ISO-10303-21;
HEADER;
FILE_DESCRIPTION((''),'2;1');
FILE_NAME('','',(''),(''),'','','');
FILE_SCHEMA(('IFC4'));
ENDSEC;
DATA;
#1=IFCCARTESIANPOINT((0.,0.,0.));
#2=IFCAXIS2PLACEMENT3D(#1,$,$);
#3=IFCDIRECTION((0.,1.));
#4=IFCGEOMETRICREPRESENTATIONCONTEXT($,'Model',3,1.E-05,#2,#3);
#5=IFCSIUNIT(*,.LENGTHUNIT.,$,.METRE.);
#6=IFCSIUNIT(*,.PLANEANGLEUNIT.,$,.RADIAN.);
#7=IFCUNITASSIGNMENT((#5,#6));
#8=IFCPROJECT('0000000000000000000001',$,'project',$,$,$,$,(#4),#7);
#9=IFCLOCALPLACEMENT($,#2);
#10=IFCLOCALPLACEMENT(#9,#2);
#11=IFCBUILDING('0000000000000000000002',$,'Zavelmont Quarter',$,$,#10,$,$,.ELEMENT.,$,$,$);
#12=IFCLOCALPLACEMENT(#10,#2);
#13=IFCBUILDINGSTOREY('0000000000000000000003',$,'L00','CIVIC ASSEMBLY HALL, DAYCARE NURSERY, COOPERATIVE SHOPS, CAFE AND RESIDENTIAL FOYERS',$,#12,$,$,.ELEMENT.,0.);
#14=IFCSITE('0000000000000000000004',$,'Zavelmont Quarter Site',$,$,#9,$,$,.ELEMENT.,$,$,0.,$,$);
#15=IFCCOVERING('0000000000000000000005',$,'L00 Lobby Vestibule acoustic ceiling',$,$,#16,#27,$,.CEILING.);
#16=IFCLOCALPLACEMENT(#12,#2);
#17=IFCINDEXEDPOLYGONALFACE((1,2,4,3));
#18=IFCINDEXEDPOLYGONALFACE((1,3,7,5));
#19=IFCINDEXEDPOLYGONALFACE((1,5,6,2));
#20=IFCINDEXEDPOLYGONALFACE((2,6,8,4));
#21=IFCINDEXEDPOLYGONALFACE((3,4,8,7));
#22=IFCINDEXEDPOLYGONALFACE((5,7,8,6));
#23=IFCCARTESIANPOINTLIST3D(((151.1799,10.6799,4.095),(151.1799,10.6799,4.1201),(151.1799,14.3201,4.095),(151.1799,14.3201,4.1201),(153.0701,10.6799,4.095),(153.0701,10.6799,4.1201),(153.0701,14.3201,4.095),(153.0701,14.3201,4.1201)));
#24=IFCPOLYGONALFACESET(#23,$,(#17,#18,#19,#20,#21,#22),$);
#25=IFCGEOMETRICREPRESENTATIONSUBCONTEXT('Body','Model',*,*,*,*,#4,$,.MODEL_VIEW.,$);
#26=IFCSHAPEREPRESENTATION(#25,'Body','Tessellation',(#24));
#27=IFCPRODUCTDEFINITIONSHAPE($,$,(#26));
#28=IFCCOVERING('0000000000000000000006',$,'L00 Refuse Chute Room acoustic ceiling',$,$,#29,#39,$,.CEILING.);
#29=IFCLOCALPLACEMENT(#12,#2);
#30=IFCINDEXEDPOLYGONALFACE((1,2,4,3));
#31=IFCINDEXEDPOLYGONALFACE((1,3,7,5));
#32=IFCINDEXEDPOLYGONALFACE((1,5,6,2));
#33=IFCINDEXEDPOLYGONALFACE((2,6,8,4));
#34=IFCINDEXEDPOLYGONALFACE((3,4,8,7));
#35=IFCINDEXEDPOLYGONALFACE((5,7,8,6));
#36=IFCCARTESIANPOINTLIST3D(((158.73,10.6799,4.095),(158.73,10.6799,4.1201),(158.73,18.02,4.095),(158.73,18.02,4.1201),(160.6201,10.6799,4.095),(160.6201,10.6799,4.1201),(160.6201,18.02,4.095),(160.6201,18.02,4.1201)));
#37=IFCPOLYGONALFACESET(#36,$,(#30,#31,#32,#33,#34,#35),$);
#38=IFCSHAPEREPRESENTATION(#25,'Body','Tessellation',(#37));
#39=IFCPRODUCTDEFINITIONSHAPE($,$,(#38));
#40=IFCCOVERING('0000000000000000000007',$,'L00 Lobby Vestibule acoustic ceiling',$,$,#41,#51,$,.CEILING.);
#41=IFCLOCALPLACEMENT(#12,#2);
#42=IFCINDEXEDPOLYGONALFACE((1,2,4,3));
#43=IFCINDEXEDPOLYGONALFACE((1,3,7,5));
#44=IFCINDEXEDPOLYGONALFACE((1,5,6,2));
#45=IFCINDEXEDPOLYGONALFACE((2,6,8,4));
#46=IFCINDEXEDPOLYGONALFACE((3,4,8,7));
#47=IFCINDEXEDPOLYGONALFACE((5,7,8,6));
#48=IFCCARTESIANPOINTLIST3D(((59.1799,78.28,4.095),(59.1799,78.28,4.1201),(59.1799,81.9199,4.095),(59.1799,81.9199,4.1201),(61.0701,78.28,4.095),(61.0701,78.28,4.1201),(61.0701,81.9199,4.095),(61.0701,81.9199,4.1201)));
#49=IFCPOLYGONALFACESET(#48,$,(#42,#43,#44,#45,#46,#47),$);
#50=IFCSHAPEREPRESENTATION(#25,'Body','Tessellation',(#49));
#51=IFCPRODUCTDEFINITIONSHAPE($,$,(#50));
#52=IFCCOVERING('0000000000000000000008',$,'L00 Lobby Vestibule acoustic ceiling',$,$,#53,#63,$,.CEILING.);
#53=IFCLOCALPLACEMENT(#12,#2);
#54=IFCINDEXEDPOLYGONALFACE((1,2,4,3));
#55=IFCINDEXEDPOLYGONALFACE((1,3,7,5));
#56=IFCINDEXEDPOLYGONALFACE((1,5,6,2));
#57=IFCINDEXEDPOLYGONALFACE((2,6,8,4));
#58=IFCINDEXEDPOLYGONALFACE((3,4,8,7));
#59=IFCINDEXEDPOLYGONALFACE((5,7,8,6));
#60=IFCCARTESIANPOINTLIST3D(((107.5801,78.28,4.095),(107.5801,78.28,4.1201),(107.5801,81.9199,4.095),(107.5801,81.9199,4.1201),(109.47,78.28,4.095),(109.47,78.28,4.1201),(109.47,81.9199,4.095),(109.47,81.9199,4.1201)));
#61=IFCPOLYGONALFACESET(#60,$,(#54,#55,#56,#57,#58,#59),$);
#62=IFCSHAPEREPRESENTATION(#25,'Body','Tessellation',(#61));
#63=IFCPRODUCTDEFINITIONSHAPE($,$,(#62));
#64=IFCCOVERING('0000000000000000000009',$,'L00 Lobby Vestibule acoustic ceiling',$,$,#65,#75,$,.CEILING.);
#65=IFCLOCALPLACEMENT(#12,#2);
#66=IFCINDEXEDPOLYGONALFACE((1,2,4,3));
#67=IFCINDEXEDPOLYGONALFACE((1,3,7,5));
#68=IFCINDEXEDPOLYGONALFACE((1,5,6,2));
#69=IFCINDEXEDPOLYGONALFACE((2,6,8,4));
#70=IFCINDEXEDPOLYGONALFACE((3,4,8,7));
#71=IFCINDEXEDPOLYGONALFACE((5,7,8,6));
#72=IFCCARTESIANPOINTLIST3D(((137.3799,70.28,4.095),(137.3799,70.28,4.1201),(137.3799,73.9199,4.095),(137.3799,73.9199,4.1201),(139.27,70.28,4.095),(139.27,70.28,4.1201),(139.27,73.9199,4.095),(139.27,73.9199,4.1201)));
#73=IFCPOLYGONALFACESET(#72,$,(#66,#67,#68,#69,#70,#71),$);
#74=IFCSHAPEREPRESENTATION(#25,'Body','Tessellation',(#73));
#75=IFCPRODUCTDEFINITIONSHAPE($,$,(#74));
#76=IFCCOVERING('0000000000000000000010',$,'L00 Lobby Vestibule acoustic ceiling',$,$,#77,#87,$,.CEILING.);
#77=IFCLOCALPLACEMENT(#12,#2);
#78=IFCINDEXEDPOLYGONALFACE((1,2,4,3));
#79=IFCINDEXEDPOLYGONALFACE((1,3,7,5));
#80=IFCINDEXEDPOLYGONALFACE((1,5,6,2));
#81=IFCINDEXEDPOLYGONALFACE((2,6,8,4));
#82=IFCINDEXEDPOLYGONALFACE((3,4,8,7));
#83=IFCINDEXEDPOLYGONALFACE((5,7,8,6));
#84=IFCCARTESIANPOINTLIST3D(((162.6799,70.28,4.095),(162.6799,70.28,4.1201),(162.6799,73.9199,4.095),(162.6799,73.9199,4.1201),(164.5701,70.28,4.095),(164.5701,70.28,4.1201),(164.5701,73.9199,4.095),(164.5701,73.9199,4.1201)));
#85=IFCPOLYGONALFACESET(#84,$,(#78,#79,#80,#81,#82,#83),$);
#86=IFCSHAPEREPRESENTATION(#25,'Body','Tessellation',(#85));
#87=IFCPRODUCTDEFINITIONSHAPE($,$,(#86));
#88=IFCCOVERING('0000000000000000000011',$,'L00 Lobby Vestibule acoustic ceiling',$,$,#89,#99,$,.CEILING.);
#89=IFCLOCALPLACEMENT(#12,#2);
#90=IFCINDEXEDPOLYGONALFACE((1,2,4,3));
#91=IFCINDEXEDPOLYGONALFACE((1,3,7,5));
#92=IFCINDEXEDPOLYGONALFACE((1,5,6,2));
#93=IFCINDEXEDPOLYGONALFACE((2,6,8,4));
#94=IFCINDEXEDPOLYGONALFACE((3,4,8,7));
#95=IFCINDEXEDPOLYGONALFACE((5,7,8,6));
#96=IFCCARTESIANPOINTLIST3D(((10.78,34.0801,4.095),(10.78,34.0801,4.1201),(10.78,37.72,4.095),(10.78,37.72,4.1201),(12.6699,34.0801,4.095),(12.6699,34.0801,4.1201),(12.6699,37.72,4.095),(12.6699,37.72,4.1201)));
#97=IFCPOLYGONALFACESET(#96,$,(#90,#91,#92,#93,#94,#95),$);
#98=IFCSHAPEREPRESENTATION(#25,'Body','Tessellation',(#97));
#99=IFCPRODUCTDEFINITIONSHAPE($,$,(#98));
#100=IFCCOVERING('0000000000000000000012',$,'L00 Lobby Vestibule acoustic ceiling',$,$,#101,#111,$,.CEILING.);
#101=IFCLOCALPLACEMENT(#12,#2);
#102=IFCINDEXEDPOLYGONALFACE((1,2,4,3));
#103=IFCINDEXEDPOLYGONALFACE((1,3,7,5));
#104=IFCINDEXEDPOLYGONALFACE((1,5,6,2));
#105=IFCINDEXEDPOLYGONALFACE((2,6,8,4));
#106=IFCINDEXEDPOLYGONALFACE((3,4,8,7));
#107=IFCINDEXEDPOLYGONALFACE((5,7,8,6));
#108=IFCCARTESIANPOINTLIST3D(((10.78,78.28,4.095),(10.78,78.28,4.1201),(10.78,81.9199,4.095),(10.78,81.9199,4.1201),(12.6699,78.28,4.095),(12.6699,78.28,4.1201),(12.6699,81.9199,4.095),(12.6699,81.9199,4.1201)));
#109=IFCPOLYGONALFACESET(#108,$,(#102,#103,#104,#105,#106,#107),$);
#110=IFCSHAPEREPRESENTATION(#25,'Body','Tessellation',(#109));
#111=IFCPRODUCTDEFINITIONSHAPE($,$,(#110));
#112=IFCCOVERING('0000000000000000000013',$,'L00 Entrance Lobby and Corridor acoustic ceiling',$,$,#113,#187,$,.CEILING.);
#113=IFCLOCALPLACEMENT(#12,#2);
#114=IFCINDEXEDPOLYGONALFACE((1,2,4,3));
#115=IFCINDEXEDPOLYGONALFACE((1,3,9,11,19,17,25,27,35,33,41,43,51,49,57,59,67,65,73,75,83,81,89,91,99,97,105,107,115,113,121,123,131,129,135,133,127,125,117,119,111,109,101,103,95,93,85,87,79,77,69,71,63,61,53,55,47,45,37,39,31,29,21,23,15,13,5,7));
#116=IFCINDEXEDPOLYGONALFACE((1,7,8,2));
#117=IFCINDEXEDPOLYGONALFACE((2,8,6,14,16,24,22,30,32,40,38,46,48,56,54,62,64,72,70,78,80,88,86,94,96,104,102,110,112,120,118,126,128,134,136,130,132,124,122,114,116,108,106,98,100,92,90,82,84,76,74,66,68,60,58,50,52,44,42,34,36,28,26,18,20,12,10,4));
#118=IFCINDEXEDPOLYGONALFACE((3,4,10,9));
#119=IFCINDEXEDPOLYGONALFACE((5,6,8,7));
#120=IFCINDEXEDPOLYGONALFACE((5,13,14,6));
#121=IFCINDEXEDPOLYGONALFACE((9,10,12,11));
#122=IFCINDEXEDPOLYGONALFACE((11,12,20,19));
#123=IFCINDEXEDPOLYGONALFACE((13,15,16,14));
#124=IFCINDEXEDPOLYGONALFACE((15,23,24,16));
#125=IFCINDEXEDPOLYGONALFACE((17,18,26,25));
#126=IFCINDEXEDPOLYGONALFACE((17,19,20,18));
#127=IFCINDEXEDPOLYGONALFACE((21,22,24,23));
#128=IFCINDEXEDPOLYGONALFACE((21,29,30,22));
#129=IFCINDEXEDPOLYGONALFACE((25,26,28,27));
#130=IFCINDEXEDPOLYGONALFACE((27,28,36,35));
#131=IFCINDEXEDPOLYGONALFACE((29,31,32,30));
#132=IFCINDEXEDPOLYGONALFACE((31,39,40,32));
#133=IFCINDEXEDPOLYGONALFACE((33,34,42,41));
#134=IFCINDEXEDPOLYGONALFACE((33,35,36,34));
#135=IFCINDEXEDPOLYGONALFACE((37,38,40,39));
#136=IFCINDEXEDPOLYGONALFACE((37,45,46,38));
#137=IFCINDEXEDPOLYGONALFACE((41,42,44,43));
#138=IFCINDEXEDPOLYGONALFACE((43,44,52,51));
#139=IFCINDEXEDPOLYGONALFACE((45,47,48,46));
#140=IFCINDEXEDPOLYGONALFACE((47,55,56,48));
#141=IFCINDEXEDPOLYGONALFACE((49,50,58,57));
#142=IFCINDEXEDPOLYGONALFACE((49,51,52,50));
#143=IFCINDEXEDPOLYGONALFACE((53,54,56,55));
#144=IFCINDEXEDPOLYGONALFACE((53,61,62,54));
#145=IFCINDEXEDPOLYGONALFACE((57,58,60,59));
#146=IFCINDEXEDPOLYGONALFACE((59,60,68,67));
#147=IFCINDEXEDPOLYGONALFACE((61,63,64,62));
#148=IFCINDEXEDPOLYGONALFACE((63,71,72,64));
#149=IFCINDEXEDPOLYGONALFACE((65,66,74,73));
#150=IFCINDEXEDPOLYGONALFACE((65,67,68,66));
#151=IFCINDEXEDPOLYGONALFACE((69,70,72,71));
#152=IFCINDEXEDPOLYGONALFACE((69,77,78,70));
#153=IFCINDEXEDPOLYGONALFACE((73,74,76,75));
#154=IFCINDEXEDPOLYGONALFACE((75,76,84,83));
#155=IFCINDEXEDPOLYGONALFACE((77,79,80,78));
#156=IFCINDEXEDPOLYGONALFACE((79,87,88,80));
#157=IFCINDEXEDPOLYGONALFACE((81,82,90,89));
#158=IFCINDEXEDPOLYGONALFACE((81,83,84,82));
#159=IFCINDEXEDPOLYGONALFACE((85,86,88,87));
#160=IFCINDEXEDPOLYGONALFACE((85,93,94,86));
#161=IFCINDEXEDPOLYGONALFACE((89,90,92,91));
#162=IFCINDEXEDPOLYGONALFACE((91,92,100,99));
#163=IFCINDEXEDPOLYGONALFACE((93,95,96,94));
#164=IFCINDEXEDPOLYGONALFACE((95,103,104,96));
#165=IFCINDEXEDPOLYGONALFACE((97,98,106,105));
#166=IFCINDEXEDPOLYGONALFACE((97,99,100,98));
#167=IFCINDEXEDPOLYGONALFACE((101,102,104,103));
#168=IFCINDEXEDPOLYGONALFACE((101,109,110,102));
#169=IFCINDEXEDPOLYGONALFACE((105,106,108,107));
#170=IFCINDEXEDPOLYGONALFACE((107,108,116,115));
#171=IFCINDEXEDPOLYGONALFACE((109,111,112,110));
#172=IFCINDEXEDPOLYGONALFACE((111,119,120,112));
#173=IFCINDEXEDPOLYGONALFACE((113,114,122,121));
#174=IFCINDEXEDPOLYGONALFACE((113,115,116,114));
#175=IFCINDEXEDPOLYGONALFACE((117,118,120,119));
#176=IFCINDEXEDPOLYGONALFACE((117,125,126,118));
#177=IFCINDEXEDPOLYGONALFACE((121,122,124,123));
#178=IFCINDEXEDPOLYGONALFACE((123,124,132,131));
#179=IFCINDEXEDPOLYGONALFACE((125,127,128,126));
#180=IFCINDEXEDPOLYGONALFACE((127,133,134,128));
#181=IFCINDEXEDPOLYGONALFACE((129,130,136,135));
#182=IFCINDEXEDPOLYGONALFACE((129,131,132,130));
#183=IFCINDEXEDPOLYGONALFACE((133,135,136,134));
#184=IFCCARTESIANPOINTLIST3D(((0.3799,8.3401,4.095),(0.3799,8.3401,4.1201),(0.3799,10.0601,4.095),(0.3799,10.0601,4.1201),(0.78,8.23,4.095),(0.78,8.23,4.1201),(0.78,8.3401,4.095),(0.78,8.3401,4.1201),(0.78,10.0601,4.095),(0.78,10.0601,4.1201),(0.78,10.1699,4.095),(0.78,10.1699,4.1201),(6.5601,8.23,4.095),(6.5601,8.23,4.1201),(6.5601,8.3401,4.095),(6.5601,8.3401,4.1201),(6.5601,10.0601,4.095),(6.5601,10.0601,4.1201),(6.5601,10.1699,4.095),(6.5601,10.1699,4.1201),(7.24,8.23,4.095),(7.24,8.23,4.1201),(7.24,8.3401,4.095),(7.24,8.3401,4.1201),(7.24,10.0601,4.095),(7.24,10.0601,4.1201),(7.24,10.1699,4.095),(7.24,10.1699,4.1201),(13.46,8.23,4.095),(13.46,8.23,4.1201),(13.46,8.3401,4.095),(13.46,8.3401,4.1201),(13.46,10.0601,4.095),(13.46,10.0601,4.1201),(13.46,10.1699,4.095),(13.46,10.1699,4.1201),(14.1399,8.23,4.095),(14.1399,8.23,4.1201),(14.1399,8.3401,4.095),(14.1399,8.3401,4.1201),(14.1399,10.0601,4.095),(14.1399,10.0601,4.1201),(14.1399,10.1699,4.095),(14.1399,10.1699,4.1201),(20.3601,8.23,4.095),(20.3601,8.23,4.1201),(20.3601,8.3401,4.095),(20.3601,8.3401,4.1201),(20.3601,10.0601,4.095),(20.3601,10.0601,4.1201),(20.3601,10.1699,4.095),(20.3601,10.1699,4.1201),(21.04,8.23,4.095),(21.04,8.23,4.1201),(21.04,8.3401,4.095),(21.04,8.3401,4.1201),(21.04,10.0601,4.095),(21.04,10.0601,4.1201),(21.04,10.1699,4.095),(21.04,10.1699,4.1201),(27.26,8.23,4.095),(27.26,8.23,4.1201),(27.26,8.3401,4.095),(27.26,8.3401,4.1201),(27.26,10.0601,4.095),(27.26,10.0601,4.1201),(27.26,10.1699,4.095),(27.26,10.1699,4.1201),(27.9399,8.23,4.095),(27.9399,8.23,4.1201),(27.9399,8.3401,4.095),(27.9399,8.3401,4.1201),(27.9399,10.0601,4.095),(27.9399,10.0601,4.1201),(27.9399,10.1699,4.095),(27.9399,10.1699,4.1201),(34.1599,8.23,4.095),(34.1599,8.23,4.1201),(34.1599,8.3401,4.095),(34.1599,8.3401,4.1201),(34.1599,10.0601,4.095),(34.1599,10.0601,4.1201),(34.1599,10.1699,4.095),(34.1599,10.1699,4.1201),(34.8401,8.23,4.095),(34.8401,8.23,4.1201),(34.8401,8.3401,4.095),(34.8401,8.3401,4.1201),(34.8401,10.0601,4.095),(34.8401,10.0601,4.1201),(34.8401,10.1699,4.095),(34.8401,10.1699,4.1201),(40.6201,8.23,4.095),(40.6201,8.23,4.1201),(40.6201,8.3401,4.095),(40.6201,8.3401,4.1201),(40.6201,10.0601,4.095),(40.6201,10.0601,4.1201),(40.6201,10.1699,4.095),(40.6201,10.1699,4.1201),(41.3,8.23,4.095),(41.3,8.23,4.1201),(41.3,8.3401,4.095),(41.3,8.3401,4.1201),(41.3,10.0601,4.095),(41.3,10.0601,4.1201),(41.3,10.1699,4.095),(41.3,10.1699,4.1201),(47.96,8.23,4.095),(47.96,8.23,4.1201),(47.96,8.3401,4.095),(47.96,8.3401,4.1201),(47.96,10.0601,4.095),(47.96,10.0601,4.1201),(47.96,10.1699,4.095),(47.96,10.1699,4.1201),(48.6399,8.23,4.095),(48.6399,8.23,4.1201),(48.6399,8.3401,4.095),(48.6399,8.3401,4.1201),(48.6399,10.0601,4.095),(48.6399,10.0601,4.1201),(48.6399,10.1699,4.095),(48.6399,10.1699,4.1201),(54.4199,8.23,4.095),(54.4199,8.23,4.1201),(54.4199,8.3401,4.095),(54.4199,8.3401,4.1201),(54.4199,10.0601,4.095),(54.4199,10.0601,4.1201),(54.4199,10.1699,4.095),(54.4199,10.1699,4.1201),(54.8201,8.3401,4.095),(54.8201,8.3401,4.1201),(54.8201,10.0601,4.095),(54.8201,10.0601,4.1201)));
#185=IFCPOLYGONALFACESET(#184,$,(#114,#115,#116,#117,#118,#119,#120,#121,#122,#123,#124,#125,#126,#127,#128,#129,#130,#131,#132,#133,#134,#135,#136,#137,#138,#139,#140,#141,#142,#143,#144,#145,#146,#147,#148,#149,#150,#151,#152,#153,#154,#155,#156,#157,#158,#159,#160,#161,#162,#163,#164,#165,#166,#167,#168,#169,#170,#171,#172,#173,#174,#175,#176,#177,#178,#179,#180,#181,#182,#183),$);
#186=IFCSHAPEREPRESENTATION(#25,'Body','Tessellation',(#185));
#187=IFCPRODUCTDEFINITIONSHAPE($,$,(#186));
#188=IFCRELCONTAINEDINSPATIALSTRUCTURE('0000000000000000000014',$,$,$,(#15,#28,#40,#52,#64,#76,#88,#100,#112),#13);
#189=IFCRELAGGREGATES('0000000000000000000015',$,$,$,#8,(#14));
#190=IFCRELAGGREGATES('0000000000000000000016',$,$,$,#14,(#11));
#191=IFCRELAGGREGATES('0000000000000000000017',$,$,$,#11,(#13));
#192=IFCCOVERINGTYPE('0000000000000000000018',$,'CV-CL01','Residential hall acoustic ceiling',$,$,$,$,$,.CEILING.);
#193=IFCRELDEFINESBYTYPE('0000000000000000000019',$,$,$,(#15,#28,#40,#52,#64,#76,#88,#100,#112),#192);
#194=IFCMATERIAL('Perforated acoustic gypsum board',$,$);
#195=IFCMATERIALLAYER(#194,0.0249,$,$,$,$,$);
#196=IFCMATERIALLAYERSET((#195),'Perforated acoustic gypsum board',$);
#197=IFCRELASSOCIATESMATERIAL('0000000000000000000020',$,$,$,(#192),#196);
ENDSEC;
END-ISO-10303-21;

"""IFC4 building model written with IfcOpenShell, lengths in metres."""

from ifc_helpers import new_model, si_unit, direction, frame, origin, place, context, subcontext, project, spatial, polyline, outline, extrude, material, layer, layer_set, type_object, element, save


model = new_model("IFC4")

# Units and contexts
model_context = context("Model", 3, precision=1e-05, world=origin(), true_north=direction((0.0, 1.0)))
body_context = subcontext(model_context, "Body", "Model", "MODEL_VIEW")
ifc_project = project(units=[si_unit("LENGTHUNIT", "METRE"), si_unit("PLANEANGLEUNIT", "RADIAN")], contexts=[model_context])

# Site, building, storey
site_placement = place(None, origin())
site = spatial("IfcSite", under=ifc_project, at=site_placement, Name="Zavelmont Quarter Site", CompositionType="ELEMENT", RefElevation=0.0)
building_placement = place(site_placement, origin())
building = spatial("IfcBuilding", under=site, at=building_placement, Name="Zavelmont Quarter", CompositionType="ELEMENT")
storey_placement = place(building_placement, origin())
storey = spatial("IfcBuildingStorey", under=building, at=storey_placement, Name="L00", Description="CIVIC ASSEMBLY HALL, DAYCARE NURSERY, COOPERATIVE SHOPS, CAFE AND RESIDENTIAL FOYERS", CompositionType="ELEMENT", Elevation=0.0)

# Coverings
ifc_material_1 = material(Name="Perforated acoustic gypsum board")
ifc_layer_1 = layer(ifc_material_1, 0.0249)
ifc_layer_set_1 = layer_set([ifc_layer_1], Name="Perforated acoustic gypsum board")
covering_type_1 = type_object("IfcCoveringType", Name="CV-CL01", Description="Residential hall acoustic ceiling", PredefinedType="CEILING", material=ifc_layer_set_1)
covering_1_placement = place(storey_placement, frame((0.0, 0.0, 4.095)))
element("IfcCovering", 1, at=covering_1_placement, inside=storey, type_object=covering_type_1, Name="L00 Lobby Vestibule acoustic ceiling", PredefinedType="CEILING", context=body_context, shape_type="SweptSolid", body=[
    extrude(outline(polyline([(151.1799, 14.3201), (153.0701, 14.3201), (153.0701, 10.6799), (151.1799, 10.6799), (151.1799, 14.3201)])), origin(), (0.0, 0.0, 1.0), 0.0251),
])
covering_2_placement = place(storey_placement, frame((0.0, 0.0, 4.095)))
element("IfcCovering", 2, at=covering_2_placement, inside=storey, type_object=covering_type_1, Name="L00 Refuse Chute Room acoustic ceiling", PredefinedType="CEILING", context=body_context, shape_type="SweptSolid", body=[
    extrude(outline(polyline([(158.73, 18.02), (160.6201, 18.02), (160.6201, 10.6799), (158.73, 10.6799), (158.73, 18.02)])), origin(), (0.0, 0.0, 1.0), 0.0251),
])
covering_3_placement = place(storey_placement, frame((0.0, 0.0, 4.095)))
element("IfcCovering", 3, at=covering_3_placement, inside=storey, type_object=covering_type_1, Name="L00 Lobby Vestibule acoustic ceiling", PredefinedType="CEILING", context=body_context, shape_type="SweptSolid", body=[
    extrude(outline(polyline([(59.1799, 81.9199), (61.0701, 81.9199), (61.0701, 78.28), (59.1799, 78.28), (59.1799, 81.9199)])), origin(), (0.0, 0.0, 1.0), 0.0251),
])
covering_4_placement = place(storey_placement, frame((0.0, 0.0, 4.095)))
element("IfcCovering", 4, at=covering_4_placement, inside=storey, type_object=covering_type_1, Name="L00 Lobby Vestibule acoustic ceiling", PredefinedType="CEILING", context=body_context, shape_type="SweptSolid", body=[
    extrude(outline(polyline([(107.5801, 81.9199), (109.47, 81.9199), (109.47, 78.28), (107.5801, 78.28), (107.5801, 81.9199)])), origin(), (0.0, 0.0, 1.0), 0.0251),
])
covering_5_placement = place(storey_placement, frame((0.0, 0.0, 4.095)))
element("IfcCovering", 5, at=covering_5_placement, inside=storey, type_object=covering_type_1, Name="L00 Lobby Vestibule acoustic ceiling", PredefinedType="CEILING", context=body_context, shape_type="SweptSolid", body=[
    extrude(outline(polyline([(137.3799, 73.9199), (139.27, 73.9199), (139.27, 70.28), (137.3799, 70.28), (137.3799, 73.9199)])), origin(), (0.0, 0.0, 1.0), 0.0251),
])
covering_6_placement = place(storey_placement, frame((0.0, 0.0, 4.095)))
element("IfcCovering", 6, at=covering_6_placement, inside=storey, type_object=covering_type_1, Name="L00 Lobby Vestibule acoustic ceiling", PredefinedType="CEILING", context=body_context, shape_type="SweptSolid", body=[
    extrude(outline(polyline([(162.6799, 73.9199), (164.5701, 73.9199), (164.5701, 70.28), (162.6799, 70.28), (162.6799, 73.9199)])), origin(), (0.0, 0.0, 1.0), 0.0251),
])
covering_7_placement = place(storey_placement, frame((0.0, 0.0, 4.095)))
element("IfcCovering", 7, at=covering_7_placement, inside=storey, type_object=covering_type_1, Name="L00 Lobby Vestibule acoustic ceiling", PredefinedType="CEILING", context=body_context, shape_type="SweptSolid", body=[
    extrude(outline(polyline([(10.78, 37.72), (12.6699, 37.72), (12.6699, 34.0801), (10.78, 34.0801), (10.78, 37.72)])), origin(), (0.0, 0.0, 1.0), 0.0251),
])
covering_8_placement = place(storey_placement, frame((0.0, 0.0, 4.095)))
element("IfcCovering", 8, at=covering_8_placement, inside=storey, type_object=covering_type_1, Name="L00 Lobby Vestibule acoustic ceiling", PredefinedType="CEILING", context=body_context, shape_type="SweptSolid", body=[
    extrude(outline(polyline([(10.78, 81.9199), (12.6699, 81.9199), (12.6699, 78.28), (10.78, 78.28), (10.78, 81.9199)])), origin(), (0.0, 0.0, 1.0), 0.0251),
])
covering_9_placement = place(storey_placement, frame((0.0, 0.0, 4.095)))
element("IfcCovering", 9, at=covering_9_placement, inside=storey, type_object=covering_type_1, Name="L00 Entrance Lobby and Corridor acoustic ceiling", PredefinedType="CEILING", context=body_context, shape_type="SweptSolid", body=[
    extrude(outline(polyline([(0.3799, 10.0601), (0.78, 10.0601), (0.78, 10.1699), (6.5601, 10.1699), (6.5601, 10.0601), (7.24, 10.0601), (7.24, 10.1699), (13.46, 10.1699), (13.46, 10.0601), (14.1399, 10.0601), (14.1399, 10.1699), (20.3601, 10.1699), (20.3601, 10.0601), (21.04, 10.0601), (21.04, 10.1699), (27.26, 10.1699), (27.26, 10.0601), (27.9399, 10.0601), (27.9399, 10.1699), (34.1599, 10.1699), (34.1599, 10.0601), (34.8401, 10.0601), (34.8401, 10.1699), (40.6201, 10.1699), (40.6201, 10.0601), (41.3, 10.0601), (41.3, 10.1699), (47.96, 10.1699), (47.96, 10.0601), (48.6399, 10.0601), (48.6399, 10.1699), (54.4199, 10.1699), (54.4199, 10.0601), (54.8201, 10.0601), (54.8201, 8.3401), (54.4199, 8.3401), (54.4199, 8.23), (48.6399, 8.23), (48.6399, 8.3401), (47.96, 8.3401), (47.96, 8.23), (41.3, 8.23), (41.3, 8.3401), (40.6201, 8.3401), (40.6201, 8.23), (34.8401, 8.23), (34.8401, 8.3401), (34.1599, 8.3401), (34.1599, 8.23), (27.9399, 8.23), (27.9399, 8.3401), (27.26, 8.3401), (27.26, 8.23), (21.04, 8.23), (21.04, 8.3401), (20.3601, 8.3401), (20.3601, 8.23), (14.1399, 8.23), (14.1399, 8.3401), (13.46, 8.3401), (13.46, 8.23), (7.24, 8.23), (7.24, 8.3401), (6.5601, 8.3401), (6.5601, 8.23), (0.78, 8.23), (0.78, 8.3401), (0.3799, 8.3401), (0.3799, 10.0601)])), origin(), (0.0, 0.0, 1.0), 0.0251),
])

save(model, "model.ifc")
